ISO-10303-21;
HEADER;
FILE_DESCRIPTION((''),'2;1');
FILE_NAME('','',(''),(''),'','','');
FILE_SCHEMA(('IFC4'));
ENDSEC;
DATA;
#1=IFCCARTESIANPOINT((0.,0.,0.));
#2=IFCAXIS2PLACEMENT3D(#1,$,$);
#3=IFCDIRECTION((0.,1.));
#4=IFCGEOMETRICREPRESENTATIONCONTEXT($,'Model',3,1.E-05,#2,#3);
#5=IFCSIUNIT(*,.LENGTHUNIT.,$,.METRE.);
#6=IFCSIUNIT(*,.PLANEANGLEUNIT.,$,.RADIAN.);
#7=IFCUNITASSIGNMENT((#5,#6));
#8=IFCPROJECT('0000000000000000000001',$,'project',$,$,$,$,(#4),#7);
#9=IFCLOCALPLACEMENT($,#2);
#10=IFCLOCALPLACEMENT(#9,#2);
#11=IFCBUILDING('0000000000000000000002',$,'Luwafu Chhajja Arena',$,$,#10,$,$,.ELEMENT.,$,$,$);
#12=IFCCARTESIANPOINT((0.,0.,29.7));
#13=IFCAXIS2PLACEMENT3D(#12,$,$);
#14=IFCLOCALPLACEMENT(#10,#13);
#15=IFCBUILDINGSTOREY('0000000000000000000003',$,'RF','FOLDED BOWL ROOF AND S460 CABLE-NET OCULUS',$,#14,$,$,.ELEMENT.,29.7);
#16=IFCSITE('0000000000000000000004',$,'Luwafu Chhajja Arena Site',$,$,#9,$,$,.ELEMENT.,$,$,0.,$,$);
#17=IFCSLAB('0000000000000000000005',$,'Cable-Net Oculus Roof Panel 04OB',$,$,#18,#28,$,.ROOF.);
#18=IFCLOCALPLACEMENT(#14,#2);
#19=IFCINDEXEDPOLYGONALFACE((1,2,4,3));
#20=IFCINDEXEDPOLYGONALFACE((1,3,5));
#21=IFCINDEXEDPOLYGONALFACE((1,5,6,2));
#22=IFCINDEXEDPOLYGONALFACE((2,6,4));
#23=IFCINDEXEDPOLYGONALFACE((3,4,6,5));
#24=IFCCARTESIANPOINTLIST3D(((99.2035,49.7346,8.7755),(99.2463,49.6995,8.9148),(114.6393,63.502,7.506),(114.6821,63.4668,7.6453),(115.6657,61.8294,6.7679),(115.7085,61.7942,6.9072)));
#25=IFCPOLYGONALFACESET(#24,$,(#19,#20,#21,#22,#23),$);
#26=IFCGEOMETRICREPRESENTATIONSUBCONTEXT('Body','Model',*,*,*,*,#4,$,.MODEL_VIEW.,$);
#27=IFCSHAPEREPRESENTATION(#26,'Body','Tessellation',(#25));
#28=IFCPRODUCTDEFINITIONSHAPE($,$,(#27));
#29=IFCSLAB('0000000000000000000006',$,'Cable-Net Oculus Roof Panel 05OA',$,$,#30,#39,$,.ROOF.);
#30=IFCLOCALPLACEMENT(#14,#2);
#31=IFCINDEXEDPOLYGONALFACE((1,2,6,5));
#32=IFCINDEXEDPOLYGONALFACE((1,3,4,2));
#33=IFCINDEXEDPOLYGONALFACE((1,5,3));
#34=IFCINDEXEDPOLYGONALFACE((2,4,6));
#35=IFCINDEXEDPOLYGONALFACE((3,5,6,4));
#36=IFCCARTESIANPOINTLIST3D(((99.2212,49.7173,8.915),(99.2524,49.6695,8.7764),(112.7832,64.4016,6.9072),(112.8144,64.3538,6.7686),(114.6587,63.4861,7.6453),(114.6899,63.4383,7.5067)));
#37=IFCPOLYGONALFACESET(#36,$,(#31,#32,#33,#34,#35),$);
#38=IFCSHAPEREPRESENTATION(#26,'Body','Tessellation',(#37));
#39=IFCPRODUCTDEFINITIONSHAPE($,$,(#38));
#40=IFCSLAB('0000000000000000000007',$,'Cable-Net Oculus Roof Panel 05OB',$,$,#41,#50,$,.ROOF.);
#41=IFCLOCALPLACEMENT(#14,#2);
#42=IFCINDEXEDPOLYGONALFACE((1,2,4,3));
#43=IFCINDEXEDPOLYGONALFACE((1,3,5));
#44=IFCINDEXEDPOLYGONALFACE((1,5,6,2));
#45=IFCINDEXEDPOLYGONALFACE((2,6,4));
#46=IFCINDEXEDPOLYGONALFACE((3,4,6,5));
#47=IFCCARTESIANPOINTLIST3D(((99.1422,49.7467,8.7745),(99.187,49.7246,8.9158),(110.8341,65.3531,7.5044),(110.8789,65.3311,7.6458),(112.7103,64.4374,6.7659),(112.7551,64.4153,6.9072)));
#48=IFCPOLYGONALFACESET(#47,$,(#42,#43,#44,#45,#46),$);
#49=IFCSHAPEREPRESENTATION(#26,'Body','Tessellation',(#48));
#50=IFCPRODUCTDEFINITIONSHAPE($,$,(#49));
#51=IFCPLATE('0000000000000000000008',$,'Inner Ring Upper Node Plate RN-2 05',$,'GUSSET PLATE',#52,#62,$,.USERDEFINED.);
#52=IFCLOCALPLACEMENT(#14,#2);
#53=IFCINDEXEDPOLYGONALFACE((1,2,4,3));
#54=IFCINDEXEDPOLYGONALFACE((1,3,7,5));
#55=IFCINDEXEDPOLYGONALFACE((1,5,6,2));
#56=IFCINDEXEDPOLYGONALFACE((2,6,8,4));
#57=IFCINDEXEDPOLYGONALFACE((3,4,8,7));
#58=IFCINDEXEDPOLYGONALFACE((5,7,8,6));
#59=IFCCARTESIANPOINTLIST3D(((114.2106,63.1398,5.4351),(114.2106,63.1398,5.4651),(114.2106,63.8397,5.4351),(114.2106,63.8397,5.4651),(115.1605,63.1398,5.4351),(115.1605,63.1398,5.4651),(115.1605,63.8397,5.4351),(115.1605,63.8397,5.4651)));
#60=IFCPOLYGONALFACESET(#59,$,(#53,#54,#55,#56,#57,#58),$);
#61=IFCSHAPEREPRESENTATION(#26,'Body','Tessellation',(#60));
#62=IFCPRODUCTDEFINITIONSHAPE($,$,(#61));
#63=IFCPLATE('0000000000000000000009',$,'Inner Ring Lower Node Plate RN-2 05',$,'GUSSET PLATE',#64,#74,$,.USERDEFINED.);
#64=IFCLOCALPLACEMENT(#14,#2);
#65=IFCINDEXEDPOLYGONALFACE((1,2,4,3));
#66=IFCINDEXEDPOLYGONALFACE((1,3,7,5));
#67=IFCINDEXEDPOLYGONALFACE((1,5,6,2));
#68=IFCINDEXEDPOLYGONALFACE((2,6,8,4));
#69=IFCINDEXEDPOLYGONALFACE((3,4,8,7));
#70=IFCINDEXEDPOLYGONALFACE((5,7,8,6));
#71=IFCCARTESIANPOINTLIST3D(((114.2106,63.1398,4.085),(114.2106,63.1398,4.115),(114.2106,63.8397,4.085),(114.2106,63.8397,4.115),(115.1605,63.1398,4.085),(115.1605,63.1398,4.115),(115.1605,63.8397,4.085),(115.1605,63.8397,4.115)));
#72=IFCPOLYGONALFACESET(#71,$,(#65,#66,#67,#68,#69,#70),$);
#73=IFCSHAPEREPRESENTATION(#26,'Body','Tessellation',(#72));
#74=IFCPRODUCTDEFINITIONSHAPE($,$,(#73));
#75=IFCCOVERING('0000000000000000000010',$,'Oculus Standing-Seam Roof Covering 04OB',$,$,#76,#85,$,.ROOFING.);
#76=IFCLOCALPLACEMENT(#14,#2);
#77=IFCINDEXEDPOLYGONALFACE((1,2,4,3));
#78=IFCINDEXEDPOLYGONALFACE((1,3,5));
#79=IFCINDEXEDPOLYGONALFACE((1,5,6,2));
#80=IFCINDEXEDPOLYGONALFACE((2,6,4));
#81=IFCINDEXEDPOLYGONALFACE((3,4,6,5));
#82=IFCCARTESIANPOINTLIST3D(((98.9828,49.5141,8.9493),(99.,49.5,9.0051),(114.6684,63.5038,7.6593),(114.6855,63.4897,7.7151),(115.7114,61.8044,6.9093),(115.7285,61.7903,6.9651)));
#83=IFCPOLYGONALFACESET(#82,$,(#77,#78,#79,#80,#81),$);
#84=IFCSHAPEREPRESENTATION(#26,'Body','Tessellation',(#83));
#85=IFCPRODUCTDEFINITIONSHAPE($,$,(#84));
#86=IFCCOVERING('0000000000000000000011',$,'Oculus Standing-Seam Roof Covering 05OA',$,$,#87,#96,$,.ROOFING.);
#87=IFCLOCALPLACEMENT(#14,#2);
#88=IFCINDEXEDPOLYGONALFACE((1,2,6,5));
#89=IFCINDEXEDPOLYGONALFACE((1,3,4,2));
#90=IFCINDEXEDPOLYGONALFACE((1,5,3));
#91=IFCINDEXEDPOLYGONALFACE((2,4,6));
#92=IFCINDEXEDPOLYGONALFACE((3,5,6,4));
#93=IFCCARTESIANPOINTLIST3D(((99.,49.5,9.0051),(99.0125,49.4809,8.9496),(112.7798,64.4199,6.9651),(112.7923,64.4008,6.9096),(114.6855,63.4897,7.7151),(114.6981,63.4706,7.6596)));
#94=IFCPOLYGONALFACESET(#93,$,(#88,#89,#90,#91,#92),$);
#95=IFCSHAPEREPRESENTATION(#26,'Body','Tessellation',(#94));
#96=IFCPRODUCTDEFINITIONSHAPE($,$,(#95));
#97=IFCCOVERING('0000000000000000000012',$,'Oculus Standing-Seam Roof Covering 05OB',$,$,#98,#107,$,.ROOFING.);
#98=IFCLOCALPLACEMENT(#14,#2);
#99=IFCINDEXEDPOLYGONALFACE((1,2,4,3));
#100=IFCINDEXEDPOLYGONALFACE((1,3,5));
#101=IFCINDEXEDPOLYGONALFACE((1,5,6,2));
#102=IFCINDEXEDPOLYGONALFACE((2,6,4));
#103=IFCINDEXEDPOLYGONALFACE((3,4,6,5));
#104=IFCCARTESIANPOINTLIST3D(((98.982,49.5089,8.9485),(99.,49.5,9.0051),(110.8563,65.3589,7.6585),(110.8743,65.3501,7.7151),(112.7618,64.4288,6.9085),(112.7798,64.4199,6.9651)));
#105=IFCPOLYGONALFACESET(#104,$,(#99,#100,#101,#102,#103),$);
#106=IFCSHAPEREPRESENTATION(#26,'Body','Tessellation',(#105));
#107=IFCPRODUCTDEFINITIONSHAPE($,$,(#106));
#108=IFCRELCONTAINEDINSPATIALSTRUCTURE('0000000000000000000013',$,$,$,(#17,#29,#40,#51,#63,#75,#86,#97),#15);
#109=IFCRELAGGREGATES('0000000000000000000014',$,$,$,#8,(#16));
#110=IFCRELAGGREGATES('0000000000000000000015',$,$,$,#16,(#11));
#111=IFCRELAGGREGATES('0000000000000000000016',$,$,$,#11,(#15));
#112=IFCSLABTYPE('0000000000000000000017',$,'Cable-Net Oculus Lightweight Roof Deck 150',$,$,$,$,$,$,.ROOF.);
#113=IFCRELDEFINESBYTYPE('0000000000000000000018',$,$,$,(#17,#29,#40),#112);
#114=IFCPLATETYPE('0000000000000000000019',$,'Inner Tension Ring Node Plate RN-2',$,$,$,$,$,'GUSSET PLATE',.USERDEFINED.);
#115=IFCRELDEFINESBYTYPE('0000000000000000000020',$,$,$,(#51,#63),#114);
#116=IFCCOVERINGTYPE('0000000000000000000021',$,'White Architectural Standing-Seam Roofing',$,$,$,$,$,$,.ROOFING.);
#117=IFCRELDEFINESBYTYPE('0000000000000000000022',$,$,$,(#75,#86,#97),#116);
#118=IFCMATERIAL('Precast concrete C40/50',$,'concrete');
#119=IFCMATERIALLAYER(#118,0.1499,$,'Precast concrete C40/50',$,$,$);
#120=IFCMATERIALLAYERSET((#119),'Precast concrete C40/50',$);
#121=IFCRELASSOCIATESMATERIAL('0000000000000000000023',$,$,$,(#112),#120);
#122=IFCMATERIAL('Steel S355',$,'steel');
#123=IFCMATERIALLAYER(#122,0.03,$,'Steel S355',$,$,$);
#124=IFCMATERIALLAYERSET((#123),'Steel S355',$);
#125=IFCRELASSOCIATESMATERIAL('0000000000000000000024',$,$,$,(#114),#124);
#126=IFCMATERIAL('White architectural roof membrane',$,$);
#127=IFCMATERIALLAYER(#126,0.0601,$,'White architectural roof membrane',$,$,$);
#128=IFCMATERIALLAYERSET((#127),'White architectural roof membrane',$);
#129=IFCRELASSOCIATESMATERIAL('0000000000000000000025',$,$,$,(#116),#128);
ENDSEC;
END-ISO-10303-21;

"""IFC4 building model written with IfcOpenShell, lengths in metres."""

from ifc_helpers import new_model, si_unit, direction, frame, origin, origin_2d, place, context, subcontext, project, spatial, polyline, rectangle, outline, extrude, material, layer, layer_set, type_object, element, save


model = new_model("IFC4")

# Units and contexts
model_context = context("Model", 3, precision=1e-05, world=origin(), true_north=direction((0.0, 1.0)))
body_context = subcontext(model_context, "Body", "Model", "MODEL_VIEW")
ifc_project = project(units=[si_unit("LENGTHUNIT", "METRE"), si_unit("PLANEANGLEUNIT", "RADIAN")], contexts=[model_context])

# Site, building, storey
site_placement = place(None, origin())
site = spatial("IfcSite", under=ifc_project, at=site_placement, Name="Luwafu Chhajja Arena Site", CompositionType="ELEMENT", RefElevation=0.0)
building_placement = place(site_placement, origin())
building = spatial("IfcBuilding", under=site, at=building_placement, Name="Luwafu Chhajja Arena", CompositionType="ELEMENT")
storey_placement = place(building_placement, frame((0.0, 0.0, 29.7)))
storey = spatial("IfcBuildingStorey", under=building, at=storey_placement, Name="RF", Description="FOLDED BOWL ROOF AND S460 CABLE-NET OCULUS", CompositionType="ELEMENT", Elevation=29.7)

# Shared definitions
ifc_material_1 = material(Name="Steel S355", Category="steel")

# Slabs
ifc_material_2 = material(Name="Precast concrete C40/50", Category="concrete")
ifc_layer_1 = layer(ifc_material_2, 0.1499, Name="Precast concrete C40/50")
ifc_layer_set_1 = layer_set([ifc_layer_1], Name="Precast concrete C40/50")
slab_type = type_object("IfcSlabType", Name="Cable-Net Oculus Lightweight Roof Deck 150", PredefinedType="ROOF", material=ifc_layer_set_1)
slab_1_placement = place(storey_placement, frame((115.7085, 61.7942, 6.9072), z_axis=(0.285713, -0.23466, 0.929141), x_axis=(-0.802016, -0.58924, 0.097806)))
element("IfcSlab", 1, at=slab_1_placement, inside=storey, type_object=slab_type, Name="Cable-Net Oculus Roof Panel 04OB", PredefinedType="ROOF", context=body_context, shape_type="SweptSolid", body=[
    extrude(outline(polyline([(0.0, 0.0), (20.526, 0.0), (-0.0902, -2.0947), (0.0, 0.0)])), origin(), (0.0, 0.0, -1.0), 0.1499),
])
slab_2_placement = place(storey_placement, frame((114.6587, 63.4861, 7.6453), z_axis=(-0.208261, 0.318775, 0.924667), x_axis=(-0.744888, -0.66437, 0.061269)))
element("IfcSlab", 2, at=slab_2_placement, inside=storey, type_object=slab_type, Name="Cable-Net Oculus Roof Panel 05OA", PredefinedType="ROOF", context=body_context, shape_type="SweptSolid", body=[
    extrude(outline(polyline([(0.0, 0.0), (20.7246, 0.0), (0.7436, -2.0851), (0.0, 0.0)])), origin(), (0.0, 0.0, -1.0), 0.1499),
])
slab_3_placement = place(storey_placement, frame((112.7551, 64.4153, 6.9072), z_axis=(0.299148, -0.147394, 0.942754), x_axis=(-0.675086, -0.730939, 0.099936)))
element("IfcSlab", 3, at=slab_3_placement, inside=storey, type_object=slab_type, Name="Cable-Net Oculus Roof Panel 05OB", PredefinedType="ROOF", context=body_context, shape_type="SweptSolid", body=[
    extrude(outline(polyline([(0.0, 0.0), (20.0984, 0.0), (0.671, -2.1104), (0.0, 0.0)])), origin(), (0.0, 0.0, -1.0), 0.1499),
])

# Plates
ifc_layer_2 = layer(ifc_material_1, 0.03, Name="Steel S355")
ifc_layer_set_2 = layer_set([ifc_layer_2], Name="Steel S355")
plate_type_1 = type_object("IfcPlateType", Name="Inner Tension Ring Node Plate RN-2", ElementType="GUSSET PLATE", PredefinedType="USERDEFINED", material=ifc_layer_set_2)
for number, where, z_axis, x_axis, name in (
    (4, (114.6855, 63.4897, 5.4351), (0.0, 0.0, 1.0), (1.0, 0.0, 0.0), "Inner Ring Upper Node Plate RN-2 05"),
    (5, (114.6855, 63.4897, 4.085), (0.0, 0.0, 1.0), (1.0, 0.0, 0.0), "Inner Ring Lower Node Plate RN-2 05"),
):
    element("IfcPlate", number, at=place(storey_placement, frame(where, z_axis=z_axis, x_axis=x_axis)), inside=storey, type_object=plate_type_1, Name=name, ObjectType="GUSSET PLATE", PredefinedType="USERDEFINED", context=body_context, shape_type="SweptSolid", body=[
        extrude(rectangle(XDim=0.95, YDim=0.7, at=origin_2d()), origin(), (0.0, 0.0, 1.0), 0.03),
    ])

# Coverings
ifc_material_3 = material(Name="White architectural roof membrane")
ifc_layer_3 = layer(ifc_material_3, 0.0601, Name="White architectural roof membrane")
ifc_layer_set_3 = layer_set([ifc_layer_3], Name="White architectural roof membrane")
covering_type = type_object("IfcCoveringType", Name="White Architectural Standing-Seam Roofing", PredefinedType="ROOFING", material=ifc_layer_set_3)
covering_1_placement = place(storey_placement, frame((115.7285, 61.7903, 6.9651), z_axis=(0.285729, -0.234686, 0.929129), x_axis=(-0.489573, 0.797733, 0.352052)))
element("IfcCovering", 6, at=covering_1_placement, inside=storey, type_object=covering_type, Name="Oculus Standing-Seam Roof Covering 04OB", PredefinedType="ROOFING", context=body_context, shape_type="SweptSolid", body=[
    extrude(outline(polyline([(0.0, 0.0), (2.1304, 0.0), (-0.8963, 20.8387), (0.0, 0.0)])), origin(), (0.0, 0.0, -1.0), 0.0601),
])
covering_2_placement = place(storey_placement, frame((114.6855, 63.4897, 7.7151), z_axis=(-0.208288, 0.318801, 0.924652), x_axis=(-0.847243, 0.413528, -0.333427)))
element("IfcCovering", 7, at=covering_2_placement, inside=storey, type_object=covering_type, Name="Oculus Standing-Seam Roof Covering 05OA", PredefinedType="ROOFING", context=body_context, shape_type="SweptSolid", body=[
    extrude(outline(polyline([(0.0, 0.0), (2.2494, 0.0), (7.0742, 19.8335), (0.0, 0.0)])), origin(), (0.0, 0.0, -1.0), 0.0601),
])
covering_3_placement = place(storey_placement, frame((112.7798, 64.4199, 6.9651), z_axis=(0.29913, -0.147365, 0.942764), x_axis=(-0.847213, 0.413566, 0.333458)))
element("IfcCovering", 8, at=covering_3_placement, inside=storey, type_object=covering_type, Name="Oculus Standing-Seam Roof Covering 05OB", PredefinedType="ROOFING", context=body_context, shape_type="SweptSolid", body=[
    extrude(outline(polyline([(0.0, 0.0), (2.2492, 0.0), (6.1843, 19.4526), (0.0, 0.0)])), origin(), (0.0, 0.0, -1.0), 0.0601),
])

save(model, "model.ifc")
